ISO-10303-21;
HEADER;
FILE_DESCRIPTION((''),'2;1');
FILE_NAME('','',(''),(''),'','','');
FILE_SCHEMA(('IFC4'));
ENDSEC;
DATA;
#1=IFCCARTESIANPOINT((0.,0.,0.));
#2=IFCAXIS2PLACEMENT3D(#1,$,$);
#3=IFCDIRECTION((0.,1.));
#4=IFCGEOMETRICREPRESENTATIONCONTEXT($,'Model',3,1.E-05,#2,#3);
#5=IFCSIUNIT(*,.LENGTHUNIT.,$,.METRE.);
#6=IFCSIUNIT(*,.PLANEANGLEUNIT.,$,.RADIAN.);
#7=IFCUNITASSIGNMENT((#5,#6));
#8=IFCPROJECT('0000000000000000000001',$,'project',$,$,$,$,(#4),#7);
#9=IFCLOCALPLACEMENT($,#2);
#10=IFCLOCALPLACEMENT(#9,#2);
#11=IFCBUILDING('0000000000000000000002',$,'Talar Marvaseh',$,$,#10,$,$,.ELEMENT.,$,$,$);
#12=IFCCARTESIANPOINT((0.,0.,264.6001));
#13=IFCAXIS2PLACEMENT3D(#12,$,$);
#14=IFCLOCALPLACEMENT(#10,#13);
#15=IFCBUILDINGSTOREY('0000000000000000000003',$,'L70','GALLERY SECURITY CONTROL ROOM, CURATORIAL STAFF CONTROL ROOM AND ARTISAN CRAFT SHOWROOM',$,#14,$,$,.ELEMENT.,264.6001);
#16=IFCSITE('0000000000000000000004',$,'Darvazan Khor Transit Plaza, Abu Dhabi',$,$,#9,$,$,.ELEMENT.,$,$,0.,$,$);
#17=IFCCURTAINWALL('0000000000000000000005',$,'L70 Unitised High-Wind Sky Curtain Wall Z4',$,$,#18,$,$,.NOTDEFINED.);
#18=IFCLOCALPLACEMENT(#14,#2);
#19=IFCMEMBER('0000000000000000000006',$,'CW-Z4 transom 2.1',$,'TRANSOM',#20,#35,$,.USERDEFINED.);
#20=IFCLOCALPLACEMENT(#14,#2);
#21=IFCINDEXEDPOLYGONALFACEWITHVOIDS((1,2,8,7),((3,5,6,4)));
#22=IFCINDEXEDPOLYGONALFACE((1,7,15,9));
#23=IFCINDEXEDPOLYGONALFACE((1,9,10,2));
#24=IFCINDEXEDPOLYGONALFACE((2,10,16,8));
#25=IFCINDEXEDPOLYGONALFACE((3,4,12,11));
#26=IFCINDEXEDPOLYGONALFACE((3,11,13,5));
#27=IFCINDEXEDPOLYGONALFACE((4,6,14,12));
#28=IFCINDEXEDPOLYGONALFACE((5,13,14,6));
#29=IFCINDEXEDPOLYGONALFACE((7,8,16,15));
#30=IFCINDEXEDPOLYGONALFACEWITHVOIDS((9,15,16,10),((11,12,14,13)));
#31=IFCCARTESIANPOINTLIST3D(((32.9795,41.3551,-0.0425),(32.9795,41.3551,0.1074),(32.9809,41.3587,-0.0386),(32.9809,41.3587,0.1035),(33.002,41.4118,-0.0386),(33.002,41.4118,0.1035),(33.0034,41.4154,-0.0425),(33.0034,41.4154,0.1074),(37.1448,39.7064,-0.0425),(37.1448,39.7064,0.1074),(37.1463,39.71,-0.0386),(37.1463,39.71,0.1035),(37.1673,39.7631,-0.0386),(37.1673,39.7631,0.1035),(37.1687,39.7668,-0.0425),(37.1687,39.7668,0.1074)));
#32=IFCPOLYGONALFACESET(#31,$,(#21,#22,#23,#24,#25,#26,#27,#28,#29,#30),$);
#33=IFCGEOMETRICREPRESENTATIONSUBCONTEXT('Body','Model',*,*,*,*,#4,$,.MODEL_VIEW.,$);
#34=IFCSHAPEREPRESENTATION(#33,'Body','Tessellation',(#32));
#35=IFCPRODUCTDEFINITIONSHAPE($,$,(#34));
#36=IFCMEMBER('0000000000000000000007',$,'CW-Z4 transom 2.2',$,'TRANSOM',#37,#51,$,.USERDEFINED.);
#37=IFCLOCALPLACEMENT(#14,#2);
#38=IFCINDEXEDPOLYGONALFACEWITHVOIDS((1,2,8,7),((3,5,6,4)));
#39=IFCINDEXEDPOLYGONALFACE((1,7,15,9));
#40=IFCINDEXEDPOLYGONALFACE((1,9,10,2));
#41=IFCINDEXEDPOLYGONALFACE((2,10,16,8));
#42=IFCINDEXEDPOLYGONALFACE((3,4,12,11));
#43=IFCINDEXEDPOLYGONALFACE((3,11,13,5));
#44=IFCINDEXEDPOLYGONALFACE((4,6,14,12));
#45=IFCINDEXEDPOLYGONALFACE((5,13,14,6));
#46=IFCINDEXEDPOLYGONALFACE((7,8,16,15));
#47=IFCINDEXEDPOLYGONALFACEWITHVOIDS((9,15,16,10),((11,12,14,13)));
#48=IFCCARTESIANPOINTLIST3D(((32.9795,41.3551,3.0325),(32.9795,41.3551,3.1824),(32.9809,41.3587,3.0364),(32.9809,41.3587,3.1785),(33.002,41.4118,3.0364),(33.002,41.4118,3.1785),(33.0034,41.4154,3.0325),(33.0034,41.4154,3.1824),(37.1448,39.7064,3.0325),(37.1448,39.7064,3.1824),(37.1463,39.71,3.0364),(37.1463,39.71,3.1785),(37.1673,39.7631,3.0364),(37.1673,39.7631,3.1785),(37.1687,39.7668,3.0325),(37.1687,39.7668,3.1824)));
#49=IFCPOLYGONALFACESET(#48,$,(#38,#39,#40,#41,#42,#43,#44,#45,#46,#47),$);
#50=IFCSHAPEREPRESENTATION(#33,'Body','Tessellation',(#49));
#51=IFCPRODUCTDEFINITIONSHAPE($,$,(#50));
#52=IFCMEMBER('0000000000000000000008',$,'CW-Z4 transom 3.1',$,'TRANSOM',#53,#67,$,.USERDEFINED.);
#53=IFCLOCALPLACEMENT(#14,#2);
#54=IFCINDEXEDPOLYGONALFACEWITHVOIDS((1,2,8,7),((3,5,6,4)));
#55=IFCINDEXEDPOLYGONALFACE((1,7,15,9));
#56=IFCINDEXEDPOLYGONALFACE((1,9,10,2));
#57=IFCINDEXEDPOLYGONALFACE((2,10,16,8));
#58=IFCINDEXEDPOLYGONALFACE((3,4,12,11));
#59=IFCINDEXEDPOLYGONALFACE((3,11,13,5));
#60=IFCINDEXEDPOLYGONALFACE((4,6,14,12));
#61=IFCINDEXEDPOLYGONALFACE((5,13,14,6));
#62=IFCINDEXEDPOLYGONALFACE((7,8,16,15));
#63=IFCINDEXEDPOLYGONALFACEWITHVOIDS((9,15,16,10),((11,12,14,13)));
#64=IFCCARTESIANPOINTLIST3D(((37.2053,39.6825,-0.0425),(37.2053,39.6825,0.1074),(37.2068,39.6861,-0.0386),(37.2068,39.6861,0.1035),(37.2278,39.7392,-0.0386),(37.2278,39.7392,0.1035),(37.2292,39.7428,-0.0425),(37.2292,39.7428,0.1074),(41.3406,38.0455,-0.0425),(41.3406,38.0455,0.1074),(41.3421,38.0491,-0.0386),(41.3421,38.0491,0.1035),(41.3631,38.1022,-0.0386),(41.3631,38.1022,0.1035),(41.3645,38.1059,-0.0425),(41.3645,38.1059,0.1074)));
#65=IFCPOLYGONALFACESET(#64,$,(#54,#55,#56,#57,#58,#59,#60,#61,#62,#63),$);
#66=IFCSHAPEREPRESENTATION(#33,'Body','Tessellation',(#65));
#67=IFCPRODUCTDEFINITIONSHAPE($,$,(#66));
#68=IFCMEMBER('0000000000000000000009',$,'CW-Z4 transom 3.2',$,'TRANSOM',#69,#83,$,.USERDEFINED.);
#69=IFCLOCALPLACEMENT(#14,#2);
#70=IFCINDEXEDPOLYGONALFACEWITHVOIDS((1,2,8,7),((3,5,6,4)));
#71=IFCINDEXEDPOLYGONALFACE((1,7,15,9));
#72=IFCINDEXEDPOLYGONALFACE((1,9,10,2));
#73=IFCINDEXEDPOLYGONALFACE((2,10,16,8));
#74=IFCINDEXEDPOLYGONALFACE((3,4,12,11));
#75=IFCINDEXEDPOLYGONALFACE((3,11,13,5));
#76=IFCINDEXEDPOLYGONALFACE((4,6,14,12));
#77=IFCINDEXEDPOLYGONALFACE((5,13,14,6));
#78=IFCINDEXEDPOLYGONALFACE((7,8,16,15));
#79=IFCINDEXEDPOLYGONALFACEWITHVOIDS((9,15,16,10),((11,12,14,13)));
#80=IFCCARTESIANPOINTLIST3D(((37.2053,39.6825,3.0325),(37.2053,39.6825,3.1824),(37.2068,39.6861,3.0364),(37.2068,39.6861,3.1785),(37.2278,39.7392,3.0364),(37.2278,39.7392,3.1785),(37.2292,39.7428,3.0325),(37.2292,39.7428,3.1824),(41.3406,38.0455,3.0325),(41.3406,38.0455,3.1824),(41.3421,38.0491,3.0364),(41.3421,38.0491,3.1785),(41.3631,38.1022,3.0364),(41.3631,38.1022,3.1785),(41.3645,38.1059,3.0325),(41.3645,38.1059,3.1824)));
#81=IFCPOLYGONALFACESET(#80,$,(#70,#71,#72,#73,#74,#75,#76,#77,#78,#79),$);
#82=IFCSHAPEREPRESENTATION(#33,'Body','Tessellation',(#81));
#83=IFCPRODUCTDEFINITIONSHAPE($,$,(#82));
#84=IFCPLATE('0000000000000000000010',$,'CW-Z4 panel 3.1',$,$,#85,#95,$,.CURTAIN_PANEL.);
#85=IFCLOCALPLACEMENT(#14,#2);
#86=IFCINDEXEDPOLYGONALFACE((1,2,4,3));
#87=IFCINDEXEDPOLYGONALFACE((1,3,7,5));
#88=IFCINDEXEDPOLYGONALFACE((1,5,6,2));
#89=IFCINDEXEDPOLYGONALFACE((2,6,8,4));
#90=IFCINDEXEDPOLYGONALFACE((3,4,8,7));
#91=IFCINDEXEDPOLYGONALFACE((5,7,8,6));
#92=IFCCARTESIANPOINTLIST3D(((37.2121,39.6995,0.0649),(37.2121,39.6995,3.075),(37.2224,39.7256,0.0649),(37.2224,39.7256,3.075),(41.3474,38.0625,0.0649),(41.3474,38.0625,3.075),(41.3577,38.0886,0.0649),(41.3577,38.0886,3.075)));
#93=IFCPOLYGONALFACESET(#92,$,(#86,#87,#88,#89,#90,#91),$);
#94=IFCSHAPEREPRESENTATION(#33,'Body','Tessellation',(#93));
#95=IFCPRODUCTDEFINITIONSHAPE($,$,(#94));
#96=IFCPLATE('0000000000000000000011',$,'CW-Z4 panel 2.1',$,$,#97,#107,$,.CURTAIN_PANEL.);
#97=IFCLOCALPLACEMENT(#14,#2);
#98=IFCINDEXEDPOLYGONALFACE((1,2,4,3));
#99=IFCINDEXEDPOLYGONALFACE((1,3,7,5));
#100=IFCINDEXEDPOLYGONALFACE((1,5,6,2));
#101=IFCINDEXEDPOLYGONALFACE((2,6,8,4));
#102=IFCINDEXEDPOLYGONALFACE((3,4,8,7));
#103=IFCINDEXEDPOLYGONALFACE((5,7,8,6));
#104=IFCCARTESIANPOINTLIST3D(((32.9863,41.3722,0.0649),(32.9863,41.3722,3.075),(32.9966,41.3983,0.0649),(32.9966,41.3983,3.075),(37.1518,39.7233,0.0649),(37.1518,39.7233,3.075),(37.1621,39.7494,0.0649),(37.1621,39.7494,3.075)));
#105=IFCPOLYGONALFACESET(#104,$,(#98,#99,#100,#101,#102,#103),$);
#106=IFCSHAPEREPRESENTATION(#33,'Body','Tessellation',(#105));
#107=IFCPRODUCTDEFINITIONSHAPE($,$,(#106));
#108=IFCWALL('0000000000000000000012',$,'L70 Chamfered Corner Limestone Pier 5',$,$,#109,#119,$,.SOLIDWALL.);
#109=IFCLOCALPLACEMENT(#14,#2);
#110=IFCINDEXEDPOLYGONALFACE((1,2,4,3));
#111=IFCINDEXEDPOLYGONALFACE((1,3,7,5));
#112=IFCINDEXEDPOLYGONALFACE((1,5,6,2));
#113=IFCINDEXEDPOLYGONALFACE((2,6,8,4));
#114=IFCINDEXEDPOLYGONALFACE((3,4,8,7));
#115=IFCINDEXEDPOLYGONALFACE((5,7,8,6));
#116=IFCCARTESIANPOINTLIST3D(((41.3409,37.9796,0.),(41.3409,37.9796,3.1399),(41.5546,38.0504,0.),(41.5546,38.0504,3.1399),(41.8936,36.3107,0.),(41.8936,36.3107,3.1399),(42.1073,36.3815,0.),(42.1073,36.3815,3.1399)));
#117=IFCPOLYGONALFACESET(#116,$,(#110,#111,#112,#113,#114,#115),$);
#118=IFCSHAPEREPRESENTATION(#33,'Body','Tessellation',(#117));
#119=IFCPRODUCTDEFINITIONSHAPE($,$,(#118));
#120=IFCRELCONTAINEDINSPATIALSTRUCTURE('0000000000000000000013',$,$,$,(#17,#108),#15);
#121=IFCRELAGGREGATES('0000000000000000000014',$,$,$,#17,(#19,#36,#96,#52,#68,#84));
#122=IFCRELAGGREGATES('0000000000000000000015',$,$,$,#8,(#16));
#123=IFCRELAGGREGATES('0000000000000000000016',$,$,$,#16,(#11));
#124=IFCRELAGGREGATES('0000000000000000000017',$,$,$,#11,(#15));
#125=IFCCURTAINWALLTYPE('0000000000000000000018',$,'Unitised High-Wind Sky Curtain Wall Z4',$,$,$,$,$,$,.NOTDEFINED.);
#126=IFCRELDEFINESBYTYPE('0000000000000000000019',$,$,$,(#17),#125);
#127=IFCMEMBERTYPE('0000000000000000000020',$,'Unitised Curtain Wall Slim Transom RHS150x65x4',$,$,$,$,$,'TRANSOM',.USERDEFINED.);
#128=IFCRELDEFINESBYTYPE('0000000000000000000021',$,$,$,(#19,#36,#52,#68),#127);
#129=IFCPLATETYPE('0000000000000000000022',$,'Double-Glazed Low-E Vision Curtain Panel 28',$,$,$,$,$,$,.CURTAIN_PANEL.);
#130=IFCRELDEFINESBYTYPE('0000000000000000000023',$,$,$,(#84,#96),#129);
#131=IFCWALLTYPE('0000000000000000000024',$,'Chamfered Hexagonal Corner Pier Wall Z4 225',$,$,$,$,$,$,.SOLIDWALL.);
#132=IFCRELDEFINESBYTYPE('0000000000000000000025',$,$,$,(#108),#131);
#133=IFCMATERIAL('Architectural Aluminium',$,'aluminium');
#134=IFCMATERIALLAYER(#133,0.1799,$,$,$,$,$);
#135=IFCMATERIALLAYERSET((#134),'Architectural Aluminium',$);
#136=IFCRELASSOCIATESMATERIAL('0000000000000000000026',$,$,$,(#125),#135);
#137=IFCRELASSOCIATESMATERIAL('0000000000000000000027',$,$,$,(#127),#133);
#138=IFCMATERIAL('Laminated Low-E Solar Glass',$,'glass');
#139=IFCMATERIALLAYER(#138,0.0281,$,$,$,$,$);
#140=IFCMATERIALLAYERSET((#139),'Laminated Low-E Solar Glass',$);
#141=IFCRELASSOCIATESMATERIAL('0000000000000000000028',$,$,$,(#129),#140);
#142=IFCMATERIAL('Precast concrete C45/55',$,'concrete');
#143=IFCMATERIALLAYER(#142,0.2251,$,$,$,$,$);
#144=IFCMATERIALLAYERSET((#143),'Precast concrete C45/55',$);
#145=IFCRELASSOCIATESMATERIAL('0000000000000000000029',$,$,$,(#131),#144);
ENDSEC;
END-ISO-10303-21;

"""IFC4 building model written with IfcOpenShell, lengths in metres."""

from ifc_helpers import new_model, si_unit, direction, frame, frame_2d, origin, origin_2d, place, context, subcontext, project, spatial, rectangle, hollow_rectangle, extrude, source, transform, mapped, material, layer, layer_set, material_profile, profile_set, type_object, type_shapes, element, aggregate, save


model = new_model("IFC4")

# Units and contexts
model_context = context("Model", 3, precision=1e-05, world=origin(), true_north=direction((0.0, 1.0)))
body_context = subcontext(model_context, "Body", "Model", "MODEL_VIEW")
ifc_project = project(units=[si_unit("LENGTHUNIT", "METRE"), si_unit("PLANEANGLEUNIT", "RADIAN")], contexts=[model_context])

# Site, building, storey
site_placement = place(None, origin())
site = spatial("IfcSite", under=ifc_project, at=site_placement, Name="Darvazan Khor Transit Plaza, Abu Dhabi", CompositionType="ELEMENT", RefElevation=0.0)
building_placement = place(site_placement, origin())
building = spatial("IfcBuilding", under=site, at=building_placement, Name="Talar Marvaseh", CompositionType="ELEMENT")
storey_placement = place(building_placement, frame((0.0, 0.0, 264.6001)))
storey = spatial("IfcBuildingStorey", under=building, at=storey_placement, Name="L70", Description="GALLERY SECURITY CONTROL ROOM, CURATORIAL STAFF CONTROL ROOM AND ARTISAN CRAFT SHOWROOM", CompositionType="ELEMENT", Elevation=264.6001)

# Curtain wall, members, plates
ifc_material_1 = material(Name="Architectural Aluminium", Category="aluminium")
ifc_layer_1 = layer(ifc_material_1, 0.1799)
ifc_layer_set_1 = layer_set([ifc_layer_1], Name="Architectural Aluminium")
curtain_wall_type = type_object("IfcCurtainWallType", Name="Unitised High-Wind Sky Curtain Wall Z4", PredefinedType="NOTDEFINED", material=ifc_layer_set_1)
curtain_wall_placement = place(storey_placement, origin())
curtain_wall = element("IfcCurtainWall", 1, at=curtain_wall_placement, inside=storey, type_object=curtain_wall_type, Name="L70 Unitised High-Wind Sky Curtain Wall Z4", PredefinedType="NOTDEFINED")
ifc_material_profile_1 = material_profile(ifc_material_1, hollow_rectangle(XDim=0.0649, YDim=0.1499, WallThickness=0.0039, at=origin_2d()), Name="RHS150x65x4")
ifc_profile_set_1 = profile_set([ifc_material_profile_1], Name="Architectural Aluminium")
member_type_1 = type_object("IfcMemberType", Name="Unitised Curtain Wall Slim Transom RHS150x65x4", ElementType="TRANSOM", PredefinedType="USERDEFINED", material=ifc_profile_set_1)
shared_shape_1 = source(origin(), body_context, "Body", "SweptSolid", [
    extrude(hollow_rectangle(XDim=0.0649, YDim=0.1499, WallThickness=0.0039, at=origin_2d()), origin(), (0.0, 0.0, 1.0), 4.4797),
])
member_1_placement = place(storey_placement, frame((32.9915, 41.3853, 0.0325), z_axis=(0.929812, -0.368034, 0.0), x_axis=(0.368034, 0.929812, 0.0)))
member_1 = element("IfcMember", 2, at=member_1_placement, type_object=member_type_1, Name="CW-Z4 transom 2.1", ObjectType="TRANSOM", PredefinedType="USERDEFINED", context=body_context, shape_type="MappedRepresentation", body=[
    mapped(shared_shape_1, transform((0.0, 0.0, 0.0), x_axis=(1.0, 0.0, 0.0), y_axis=(0.0, 1.0, 0.0), z_axis=(0.0, 0.0, 1.0), scale=1.0)),
])
member_2_placement = place(storey_placement, frame((32.9915, 41.3853, 3.1074), z_axis=(0.929812, -0.368034, 0.0), x_axis=(0.368034, 0.929812, 0.0)))
member_2 = element("IfcMember", 3, at=member_2_placement, type_object=member_type_1, Name="CW-Z4 transom 2.2", ObjectType="TRANSOM", PredefinedType="USERDEFINED", context=body_context, shape_type="MappedRepresentation", body=[
    mapped(shared_shape_1, transform((0.0, 0.0, 0.0), x_axis=(1.0, 0.0, 0.0), y_axis=(0.0, 1.0, 0.0), z_axis=(0.0, 0.0, 1.0), scale=1.0)),
])
shared_shape_2 = source(origin(), body_context, "Body", "SweptSolid", [
    extrude(hollow_rectangle(XDim=0.0649, YDim=0.1499, WallThickness=0.0039, at=origin_2d()), origin(), (0.0, 0.0, 1.0), 4.4475),
])
type_shapes(member_type_1, [shared_shape_1, shared_shape_2])
member_3_placement = place(storey_placement, frame((37.2173, 39.7126, 0.0325), z_axis=(0.9298, -0.368066, 0.0), x_axis=(0.368066, 0.9298, 0.0)))
member_3 = element("IfcMember", 4, at=member_3_placement, type_object=member_type_1, Name="CW-Z4 transom 3.1", ObjectType="TRANSOM", PredefinedType="USERDEFINED", context=body_context, shape_type="MappedRepresentation", body=[
    mapped(shared_shape_2, transform((0.0, 0.0, 0.0), x_axis=(1.0, 0.0, 0.0), y_axis=(0.0, 1.0, 0.0), z_axis=(0.0, 0.0, 1.0), scale=1.0)),
])
member_4_placement = place(storey_placement, frame((37.2173, 39.7126, 3.1074), z_axis=(0.9298, -0.368066, 0.0), x_axis=(0.368066, 0.9298, 0.0)))
member_4 = element("IfcMember", 5, at=member_4_placement, type_object=member_type_1, Name="CW-Z4 transom 3.2", ObjectType="TRANSOM", PredefinedType="USERDEFINED", context=body_context, shape_type="MappedRepresentation", body=[
    mapped(shared_shape_2, transform((0.0, 0.0, 0.0), x_axis=(1.0, 0.0, 0.0), y_axis=(0.0, 1.0, 0.0), z_axis=(0.0, 0.0, 1.0), scale=1.0)),
])
ifc_material_2 = material(Name="Laminated Low-E Solar Glass", Category="glass")
ifc_layer_2 = layer(ifc_material_2, 0.0281)
ifc_layer_set_2 = layer_set([ifc_layer_2], Name="Laminated Low-E Solar Glass")
plate_type = type_object("IfcPlateType", Name="Double-Glazed Low-E Vision Curtain Panel 28", PredefinedType="CURTAIN_PANEL", material=ifc_layer_set_2)
shared_shape_3 = source(origin(), body_context, "Body", "SweptSolid", [
    extrude(rectangle(XDim=4.4475, YDim=0.0281, at=origin_2d()), origin(), (0.0, 0.0, 1.0), 3.01),
])
plate_1_placement = place(storey_placement, frame((39.2849, 38.894, 0.0649), z_axis=(0.0, 0.0, 1.0), x_axis=(0.929802, -0.36806, 0.0)))
plate_1 = element("IfcPlate", 6, at=plate_1_placement, type_object=plate_type, Name="CW-Z4 panel 3.1", PredefinedType="CURTAIN_PANEL", context=body_context, shape_type="MappedRepresentation", body=[
    mapped(shared_shape_3, transform((0.0, 0.0, 0.0), x_axis=(1.0, 0.0, 0.0), y_axis=(0.0, 1.0, 0.0), z_axis=(0.0, 0.0, 1.0), scale=1.0)),
])
shared_shape_4 = source(origin(), body_context, "Body", "SweptSolid", [
    extrude(rectangle(XDim=4.48, YDim=0.0281, at=origin_2d()), origin(), (0.0, 0.0, 1.0), 3.01),
])
type_shapes(plate_type, [shared_shape_3, shared_shape_4])
plate_2_placement = place(storey_placement, frame((35.0742, 40.5608, 0.0649), z_axis=(0.0, 0.0, 1.0), x_axis=(0.929802, -0.36806, 0.0)))
plate_2 = element("IfcPlate", 7, at=plate_2_placement, type_object=plate_type, Name="CW-Z4 panel 2.1", PredefinedType="CURTAIN_PANEL", context=body_context, shape_type="MappedRepresentation", body=[
    mapped(shared_shape_4, transform((0.0, 0.0, 0.0), x_axis=(1.0, 0.0, 0.0), y_axis=(0.0, 1.0, 0.0), z_axis=(0.0, 0.0, 1.0), scale=1.0)),
])
aggregate(curtain_wall, [member_1, member_2, plate_2, member_3, member_4, plate_1])

# Wall
ifc_material_3 = material(Name="Precast concrete C45/55", Category="concrete")
ifc_layer_3 = layer(ifc_material_3, 0.2251)
ifc_layer_set_3 = layer_set([ifc_layer_3], Name="Precast concrete C45/55")
wall_type_1 = type_object("IfcWallType", Name="Chamfered Hexagonal Corner Pier Wall Z4 225", PredefinedType="SOLIDWALL", material=ifc_layer_set_3)
wall_1_placement = place(storey_placement, frame((41.4478, 38.0149, 0.0), z_axis=(0.0, 0.0, 1.0), x_axis=(0.314394, -0.949293, 0.0)))
element("IfcWall", 8, at=wall_1_placement, inside=storey, type_object=wall_type_1, Name="L70 Chamfered Corner Limestone Pier 5", PredefinedType="SOLIDWALL", context=body_context, shape_type="SweptSolid", body=[
    extrude(rectangle(XDim=1.7581, YDim=0.2251, at=frame_2d((0.8789, 0.0))), origin(), (0.0, 0.0, 1.0), 3.1399),
])

save(model, "model.ifc")
